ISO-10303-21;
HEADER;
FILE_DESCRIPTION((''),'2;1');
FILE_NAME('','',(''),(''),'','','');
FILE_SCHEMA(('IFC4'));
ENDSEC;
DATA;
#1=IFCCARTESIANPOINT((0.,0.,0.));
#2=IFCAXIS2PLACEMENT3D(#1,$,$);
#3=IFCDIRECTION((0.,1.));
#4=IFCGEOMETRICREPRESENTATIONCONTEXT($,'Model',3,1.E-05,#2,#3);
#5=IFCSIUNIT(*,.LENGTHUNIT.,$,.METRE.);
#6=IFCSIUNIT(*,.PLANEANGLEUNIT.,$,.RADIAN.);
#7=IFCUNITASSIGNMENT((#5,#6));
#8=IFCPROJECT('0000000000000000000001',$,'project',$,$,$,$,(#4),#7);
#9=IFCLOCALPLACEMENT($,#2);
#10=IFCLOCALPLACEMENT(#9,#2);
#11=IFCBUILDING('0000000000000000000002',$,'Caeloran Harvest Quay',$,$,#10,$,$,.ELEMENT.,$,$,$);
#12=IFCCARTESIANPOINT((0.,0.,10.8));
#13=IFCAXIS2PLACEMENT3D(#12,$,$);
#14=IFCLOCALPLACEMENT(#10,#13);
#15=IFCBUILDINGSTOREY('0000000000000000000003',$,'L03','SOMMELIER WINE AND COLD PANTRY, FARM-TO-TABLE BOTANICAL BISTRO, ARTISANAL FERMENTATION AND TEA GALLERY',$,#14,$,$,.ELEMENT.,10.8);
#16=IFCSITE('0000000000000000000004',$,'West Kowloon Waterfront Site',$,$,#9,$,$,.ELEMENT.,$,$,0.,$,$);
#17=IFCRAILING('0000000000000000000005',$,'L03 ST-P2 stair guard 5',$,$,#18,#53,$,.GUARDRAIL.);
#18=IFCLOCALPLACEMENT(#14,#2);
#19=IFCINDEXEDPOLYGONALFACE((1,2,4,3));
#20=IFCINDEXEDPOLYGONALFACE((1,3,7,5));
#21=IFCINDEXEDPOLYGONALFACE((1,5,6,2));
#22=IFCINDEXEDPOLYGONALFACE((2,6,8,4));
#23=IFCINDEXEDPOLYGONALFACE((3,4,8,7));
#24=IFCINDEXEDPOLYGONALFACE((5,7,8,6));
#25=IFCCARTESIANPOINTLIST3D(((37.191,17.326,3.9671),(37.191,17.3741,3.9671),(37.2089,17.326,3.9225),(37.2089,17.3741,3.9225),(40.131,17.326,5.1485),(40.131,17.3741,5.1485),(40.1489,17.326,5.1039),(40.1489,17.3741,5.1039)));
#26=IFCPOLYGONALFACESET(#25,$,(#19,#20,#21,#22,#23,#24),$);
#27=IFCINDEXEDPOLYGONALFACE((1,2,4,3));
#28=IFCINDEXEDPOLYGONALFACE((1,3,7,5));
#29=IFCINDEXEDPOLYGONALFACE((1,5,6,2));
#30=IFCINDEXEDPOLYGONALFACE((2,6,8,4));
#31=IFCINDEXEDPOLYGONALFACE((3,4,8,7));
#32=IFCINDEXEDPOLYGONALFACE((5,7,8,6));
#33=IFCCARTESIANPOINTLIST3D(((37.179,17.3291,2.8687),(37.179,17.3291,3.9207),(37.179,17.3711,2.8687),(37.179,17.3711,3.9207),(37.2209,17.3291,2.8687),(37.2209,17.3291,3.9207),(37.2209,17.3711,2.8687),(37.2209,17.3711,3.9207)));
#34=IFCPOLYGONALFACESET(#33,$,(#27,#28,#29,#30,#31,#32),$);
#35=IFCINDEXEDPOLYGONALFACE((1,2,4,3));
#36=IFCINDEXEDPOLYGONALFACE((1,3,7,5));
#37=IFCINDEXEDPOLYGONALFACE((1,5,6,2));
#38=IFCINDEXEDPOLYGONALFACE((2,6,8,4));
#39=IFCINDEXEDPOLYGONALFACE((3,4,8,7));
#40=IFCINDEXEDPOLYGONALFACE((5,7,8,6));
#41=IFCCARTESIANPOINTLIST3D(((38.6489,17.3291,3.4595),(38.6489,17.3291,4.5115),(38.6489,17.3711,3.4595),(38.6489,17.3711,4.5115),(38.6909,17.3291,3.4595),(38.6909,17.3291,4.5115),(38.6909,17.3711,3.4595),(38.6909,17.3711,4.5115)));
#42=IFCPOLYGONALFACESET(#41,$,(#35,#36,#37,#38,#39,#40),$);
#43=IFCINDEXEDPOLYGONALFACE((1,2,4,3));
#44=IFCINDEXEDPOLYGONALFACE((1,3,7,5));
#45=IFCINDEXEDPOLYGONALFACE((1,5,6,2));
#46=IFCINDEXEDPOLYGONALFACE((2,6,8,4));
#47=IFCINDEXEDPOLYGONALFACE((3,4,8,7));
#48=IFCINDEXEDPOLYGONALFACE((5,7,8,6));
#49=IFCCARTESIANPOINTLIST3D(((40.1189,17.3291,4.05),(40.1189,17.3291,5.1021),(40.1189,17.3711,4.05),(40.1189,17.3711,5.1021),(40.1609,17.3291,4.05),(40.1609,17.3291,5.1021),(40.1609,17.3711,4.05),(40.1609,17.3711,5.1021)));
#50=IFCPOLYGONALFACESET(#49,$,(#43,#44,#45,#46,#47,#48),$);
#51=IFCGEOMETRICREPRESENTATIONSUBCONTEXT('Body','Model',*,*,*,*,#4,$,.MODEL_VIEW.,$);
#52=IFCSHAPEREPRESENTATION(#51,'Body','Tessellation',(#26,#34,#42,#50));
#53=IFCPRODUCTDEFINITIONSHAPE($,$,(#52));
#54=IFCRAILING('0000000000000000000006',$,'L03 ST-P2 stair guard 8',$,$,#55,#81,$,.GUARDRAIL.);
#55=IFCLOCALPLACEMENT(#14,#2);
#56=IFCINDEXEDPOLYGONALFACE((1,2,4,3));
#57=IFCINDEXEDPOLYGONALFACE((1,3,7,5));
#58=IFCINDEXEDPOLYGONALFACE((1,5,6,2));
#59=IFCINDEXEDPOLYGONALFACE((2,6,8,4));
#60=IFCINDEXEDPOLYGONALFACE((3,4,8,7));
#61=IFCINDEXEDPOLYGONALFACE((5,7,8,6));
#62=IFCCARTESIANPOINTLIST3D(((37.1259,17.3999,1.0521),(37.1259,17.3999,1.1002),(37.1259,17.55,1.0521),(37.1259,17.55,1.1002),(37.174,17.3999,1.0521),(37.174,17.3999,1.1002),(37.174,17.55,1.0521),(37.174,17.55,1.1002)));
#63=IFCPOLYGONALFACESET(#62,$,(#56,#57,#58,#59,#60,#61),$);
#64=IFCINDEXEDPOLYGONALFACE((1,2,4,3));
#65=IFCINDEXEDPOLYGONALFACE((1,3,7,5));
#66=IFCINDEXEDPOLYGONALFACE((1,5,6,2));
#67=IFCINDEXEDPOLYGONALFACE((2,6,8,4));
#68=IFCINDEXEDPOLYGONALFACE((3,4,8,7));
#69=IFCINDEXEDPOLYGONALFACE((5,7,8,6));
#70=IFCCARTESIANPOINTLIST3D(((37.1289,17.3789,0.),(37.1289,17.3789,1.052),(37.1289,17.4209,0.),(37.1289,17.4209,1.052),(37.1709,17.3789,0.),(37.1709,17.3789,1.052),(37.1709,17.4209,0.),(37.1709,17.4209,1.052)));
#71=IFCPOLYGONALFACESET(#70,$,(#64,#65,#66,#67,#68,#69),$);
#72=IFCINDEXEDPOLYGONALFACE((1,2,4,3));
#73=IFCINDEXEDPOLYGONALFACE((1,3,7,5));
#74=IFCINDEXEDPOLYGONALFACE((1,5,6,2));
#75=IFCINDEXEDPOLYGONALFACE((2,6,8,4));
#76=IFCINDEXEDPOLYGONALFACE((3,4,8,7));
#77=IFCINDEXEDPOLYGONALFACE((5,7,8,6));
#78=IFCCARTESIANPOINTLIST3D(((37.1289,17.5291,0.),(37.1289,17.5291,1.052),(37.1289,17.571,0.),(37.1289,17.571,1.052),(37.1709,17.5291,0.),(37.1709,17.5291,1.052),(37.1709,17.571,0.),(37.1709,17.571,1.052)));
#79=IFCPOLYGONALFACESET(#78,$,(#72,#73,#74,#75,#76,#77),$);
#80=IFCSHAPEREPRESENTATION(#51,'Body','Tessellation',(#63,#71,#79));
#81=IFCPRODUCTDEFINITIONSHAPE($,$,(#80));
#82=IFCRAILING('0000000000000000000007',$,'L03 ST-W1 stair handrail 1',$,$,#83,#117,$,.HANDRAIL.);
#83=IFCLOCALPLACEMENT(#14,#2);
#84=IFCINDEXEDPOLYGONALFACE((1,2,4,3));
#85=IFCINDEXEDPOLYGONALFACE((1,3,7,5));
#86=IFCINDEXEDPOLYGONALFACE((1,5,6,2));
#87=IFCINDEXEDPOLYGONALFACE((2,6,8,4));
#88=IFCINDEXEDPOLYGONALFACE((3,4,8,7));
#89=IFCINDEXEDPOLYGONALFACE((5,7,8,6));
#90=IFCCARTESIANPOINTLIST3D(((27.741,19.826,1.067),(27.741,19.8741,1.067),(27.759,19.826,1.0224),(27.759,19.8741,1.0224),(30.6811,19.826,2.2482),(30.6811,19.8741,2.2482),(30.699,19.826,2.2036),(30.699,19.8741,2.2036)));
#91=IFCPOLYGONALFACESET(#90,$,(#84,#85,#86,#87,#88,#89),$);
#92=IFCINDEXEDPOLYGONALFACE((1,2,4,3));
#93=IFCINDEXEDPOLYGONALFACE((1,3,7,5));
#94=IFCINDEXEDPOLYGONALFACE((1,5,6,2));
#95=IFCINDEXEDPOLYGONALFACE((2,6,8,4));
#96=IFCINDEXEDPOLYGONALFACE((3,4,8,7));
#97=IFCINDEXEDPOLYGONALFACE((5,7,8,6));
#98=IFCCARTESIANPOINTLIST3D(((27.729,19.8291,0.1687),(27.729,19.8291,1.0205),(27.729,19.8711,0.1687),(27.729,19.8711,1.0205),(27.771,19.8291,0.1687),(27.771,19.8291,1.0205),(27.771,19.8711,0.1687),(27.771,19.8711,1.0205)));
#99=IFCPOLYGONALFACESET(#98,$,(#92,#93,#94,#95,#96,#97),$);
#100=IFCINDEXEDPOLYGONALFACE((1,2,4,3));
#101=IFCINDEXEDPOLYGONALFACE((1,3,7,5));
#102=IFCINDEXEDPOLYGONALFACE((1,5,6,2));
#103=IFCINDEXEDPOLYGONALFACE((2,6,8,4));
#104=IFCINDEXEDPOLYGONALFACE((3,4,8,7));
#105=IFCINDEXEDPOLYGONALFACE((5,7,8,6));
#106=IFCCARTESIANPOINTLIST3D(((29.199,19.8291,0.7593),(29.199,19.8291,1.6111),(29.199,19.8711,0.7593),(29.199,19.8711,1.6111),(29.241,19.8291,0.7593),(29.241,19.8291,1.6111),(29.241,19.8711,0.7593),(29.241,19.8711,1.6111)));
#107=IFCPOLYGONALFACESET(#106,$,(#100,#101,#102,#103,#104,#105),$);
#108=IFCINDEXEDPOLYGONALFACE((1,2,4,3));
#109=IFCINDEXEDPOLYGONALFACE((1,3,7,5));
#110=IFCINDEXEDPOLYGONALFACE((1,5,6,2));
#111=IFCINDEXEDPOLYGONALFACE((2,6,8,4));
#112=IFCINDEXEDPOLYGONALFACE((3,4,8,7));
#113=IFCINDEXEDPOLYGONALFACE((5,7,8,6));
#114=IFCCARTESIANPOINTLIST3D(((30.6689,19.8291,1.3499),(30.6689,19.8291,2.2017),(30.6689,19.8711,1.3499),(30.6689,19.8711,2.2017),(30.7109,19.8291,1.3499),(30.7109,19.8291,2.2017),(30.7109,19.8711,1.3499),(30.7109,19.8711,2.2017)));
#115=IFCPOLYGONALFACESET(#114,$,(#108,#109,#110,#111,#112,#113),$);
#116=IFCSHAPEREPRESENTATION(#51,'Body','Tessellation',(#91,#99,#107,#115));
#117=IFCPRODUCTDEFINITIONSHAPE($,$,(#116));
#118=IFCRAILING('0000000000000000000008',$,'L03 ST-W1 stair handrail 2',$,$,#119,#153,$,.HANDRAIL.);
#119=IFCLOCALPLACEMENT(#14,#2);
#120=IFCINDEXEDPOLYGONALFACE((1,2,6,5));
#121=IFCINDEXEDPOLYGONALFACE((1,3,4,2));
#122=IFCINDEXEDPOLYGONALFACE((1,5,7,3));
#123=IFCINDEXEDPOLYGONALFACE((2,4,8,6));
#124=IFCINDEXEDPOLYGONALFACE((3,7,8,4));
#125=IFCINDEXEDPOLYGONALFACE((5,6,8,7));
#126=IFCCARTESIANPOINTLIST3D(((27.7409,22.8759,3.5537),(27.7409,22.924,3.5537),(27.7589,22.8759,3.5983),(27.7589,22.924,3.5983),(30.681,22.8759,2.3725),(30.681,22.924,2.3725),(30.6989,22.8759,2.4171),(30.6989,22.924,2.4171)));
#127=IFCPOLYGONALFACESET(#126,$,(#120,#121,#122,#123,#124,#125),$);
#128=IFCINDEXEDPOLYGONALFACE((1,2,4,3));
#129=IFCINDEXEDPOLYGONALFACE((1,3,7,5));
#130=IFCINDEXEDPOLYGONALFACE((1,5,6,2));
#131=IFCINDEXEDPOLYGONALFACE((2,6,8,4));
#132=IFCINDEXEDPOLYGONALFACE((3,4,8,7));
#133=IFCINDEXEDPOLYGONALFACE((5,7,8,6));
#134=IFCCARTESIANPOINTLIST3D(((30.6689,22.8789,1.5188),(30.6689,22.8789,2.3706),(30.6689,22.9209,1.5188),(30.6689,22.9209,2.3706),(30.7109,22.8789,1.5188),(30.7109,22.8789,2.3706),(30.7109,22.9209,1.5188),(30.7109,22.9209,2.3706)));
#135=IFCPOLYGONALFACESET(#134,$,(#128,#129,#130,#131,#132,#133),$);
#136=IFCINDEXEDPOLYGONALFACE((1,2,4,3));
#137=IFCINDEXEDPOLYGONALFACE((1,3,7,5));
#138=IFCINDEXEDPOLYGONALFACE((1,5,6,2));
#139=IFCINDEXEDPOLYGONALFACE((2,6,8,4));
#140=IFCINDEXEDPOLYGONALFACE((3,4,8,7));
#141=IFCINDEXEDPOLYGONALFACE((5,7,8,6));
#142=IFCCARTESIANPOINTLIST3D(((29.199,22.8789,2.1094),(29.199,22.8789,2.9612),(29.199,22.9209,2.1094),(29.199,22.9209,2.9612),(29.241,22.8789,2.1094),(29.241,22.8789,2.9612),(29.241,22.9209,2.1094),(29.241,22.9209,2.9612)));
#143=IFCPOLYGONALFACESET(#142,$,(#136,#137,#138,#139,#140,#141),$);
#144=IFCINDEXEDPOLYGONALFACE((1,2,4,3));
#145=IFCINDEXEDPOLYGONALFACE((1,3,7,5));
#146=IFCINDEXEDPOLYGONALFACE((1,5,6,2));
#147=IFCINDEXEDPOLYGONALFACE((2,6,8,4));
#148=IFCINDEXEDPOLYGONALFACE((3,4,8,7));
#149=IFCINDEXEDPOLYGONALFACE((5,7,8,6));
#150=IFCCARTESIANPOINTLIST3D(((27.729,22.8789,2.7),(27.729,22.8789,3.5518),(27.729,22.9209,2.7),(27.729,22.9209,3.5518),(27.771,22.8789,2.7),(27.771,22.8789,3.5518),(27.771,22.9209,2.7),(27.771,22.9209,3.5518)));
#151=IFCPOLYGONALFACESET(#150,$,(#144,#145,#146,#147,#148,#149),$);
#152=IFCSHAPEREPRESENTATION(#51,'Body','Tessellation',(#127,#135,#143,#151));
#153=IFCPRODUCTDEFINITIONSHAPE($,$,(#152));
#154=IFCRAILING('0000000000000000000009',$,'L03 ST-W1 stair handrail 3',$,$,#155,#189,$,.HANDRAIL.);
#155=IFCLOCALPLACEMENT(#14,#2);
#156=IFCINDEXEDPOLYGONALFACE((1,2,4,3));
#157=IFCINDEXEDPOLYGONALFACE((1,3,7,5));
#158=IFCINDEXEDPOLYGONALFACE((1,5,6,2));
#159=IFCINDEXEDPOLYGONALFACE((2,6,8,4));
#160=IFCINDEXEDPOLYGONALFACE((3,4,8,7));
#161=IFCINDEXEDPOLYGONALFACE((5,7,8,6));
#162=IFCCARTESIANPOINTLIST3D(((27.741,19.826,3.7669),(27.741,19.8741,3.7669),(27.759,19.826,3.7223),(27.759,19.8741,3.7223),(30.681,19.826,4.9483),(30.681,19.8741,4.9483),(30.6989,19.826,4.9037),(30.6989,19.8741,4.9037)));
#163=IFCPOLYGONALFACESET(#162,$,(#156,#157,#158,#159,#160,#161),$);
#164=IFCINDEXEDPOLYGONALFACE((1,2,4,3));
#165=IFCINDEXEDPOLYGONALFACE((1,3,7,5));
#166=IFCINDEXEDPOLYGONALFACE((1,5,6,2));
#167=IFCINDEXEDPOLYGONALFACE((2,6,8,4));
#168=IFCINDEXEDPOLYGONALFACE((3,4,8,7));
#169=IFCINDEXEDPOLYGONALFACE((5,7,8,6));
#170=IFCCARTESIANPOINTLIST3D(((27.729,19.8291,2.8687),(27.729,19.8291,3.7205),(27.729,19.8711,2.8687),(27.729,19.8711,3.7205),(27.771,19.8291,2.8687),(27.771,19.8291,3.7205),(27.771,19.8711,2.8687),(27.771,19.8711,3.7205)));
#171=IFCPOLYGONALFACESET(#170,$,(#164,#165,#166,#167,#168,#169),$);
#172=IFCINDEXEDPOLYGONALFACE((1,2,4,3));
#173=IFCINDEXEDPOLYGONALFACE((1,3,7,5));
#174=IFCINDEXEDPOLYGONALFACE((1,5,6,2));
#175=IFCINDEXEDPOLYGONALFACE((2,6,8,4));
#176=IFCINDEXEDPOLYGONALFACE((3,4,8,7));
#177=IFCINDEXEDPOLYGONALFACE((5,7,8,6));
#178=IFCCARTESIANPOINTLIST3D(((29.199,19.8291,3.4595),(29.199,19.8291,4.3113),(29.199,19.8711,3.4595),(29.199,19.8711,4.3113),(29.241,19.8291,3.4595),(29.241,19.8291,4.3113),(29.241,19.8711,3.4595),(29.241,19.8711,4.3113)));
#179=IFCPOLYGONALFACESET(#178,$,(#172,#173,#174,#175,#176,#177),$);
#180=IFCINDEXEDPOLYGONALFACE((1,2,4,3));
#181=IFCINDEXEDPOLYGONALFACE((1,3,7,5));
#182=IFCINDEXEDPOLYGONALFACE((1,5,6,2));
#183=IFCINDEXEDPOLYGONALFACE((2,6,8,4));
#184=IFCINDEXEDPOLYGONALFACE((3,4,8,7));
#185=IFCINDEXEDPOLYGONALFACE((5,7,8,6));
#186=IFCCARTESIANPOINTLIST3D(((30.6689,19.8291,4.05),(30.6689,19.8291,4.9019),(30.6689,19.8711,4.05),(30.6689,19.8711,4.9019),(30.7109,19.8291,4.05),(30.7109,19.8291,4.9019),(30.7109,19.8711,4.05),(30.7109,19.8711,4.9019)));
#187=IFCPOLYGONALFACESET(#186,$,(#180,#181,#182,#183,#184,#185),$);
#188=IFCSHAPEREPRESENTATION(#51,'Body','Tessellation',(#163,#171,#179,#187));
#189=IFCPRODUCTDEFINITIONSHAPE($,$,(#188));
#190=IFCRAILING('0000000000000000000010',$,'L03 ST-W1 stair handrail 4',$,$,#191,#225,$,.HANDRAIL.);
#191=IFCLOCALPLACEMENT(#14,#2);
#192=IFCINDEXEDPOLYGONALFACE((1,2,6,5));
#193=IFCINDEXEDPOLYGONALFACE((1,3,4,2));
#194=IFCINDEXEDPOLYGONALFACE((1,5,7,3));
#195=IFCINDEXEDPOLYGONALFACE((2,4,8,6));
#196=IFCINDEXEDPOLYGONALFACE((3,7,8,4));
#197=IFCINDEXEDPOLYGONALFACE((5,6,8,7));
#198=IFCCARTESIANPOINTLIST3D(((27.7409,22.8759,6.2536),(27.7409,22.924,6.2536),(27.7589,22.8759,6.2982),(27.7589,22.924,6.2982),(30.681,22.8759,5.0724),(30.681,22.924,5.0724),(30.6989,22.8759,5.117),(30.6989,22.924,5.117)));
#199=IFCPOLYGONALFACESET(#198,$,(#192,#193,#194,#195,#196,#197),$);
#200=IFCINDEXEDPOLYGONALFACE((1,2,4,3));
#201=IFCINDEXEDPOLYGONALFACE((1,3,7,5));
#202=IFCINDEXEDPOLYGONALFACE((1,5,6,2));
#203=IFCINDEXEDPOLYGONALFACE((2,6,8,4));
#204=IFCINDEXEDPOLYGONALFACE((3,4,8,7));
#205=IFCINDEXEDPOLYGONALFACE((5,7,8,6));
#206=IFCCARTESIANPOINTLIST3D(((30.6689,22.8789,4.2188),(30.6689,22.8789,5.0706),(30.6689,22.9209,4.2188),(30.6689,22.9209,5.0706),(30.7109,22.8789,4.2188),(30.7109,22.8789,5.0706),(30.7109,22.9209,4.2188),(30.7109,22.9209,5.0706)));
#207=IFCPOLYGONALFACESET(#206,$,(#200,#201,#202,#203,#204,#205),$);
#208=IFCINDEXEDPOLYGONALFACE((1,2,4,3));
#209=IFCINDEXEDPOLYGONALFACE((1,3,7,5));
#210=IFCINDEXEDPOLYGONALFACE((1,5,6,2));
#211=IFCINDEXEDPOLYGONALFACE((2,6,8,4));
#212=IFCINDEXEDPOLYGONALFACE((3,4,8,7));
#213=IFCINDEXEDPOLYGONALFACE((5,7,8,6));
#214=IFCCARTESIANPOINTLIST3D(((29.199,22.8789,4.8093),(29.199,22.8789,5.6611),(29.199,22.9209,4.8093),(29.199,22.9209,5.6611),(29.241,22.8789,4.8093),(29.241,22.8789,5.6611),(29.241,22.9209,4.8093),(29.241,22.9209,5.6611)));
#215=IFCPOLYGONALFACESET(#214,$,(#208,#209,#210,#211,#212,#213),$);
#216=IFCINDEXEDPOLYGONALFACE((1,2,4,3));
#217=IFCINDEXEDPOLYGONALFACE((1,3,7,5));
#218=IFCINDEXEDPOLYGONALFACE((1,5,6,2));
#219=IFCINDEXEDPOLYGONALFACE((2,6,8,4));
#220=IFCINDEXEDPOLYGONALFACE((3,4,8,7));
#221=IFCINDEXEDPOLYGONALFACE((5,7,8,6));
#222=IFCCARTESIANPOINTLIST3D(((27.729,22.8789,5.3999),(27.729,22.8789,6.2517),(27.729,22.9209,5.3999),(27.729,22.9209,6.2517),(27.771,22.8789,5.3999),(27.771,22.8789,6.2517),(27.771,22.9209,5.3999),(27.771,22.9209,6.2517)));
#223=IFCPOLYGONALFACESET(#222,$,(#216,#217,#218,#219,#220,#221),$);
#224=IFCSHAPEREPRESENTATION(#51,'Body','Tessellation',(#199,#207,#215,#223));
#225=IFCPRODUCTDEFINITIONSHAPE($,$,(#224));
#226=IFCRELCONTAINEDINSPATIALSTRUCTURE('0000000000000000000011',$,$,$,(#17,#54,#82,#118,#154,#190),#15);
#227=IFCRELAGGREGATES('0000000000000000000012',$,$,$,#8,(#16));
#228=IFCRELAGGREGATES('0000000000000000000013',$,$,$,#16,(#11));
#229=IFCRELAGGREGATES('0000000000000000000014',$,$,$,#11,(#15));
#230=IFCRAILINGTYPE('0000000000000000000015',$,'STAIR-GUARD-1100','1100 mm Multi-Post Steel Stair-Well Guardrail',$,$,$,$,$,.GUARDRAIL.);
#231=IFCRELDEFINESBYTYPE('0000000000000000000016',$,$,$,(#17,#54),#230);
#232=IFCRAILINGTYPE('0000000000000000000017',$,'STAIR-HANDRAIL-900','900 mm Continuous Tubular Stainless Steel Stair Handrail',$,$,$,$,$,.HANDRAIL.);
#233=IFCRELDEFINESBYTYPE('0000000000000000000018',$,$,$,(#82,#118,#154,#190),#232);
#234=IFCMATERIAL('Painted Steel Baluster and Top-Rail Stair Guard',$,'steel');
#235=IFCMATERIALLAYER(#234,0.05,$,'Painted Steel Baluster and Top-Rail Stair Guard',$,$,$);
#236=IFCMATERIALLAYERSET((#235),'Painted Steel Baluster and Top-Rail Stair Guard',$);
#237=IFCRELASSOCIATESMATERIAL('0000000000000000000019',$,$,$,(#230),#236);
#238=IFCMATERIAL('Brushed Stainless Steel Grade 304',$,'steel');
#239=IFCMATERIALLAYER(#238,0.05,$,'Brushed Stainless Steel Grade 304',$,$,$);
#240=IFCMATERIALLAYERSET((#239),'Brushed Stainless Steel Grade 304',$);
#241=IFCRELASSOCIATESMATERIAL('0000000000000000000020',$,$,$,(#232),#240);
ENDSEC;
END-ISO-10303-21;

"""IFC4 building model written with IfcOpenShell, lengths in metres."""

from ifc_helpers import new_model, si_unit, direction, frame, origin, origin_2d, place, context, subcontext, project, spatial, rectangle, extrude, material, layer, layer_set, type_object, element, save


model = new_model("IFC4")

# Units and contexts
model_context = context("Model", 3, precision=1e-05, world=origin(), true_north=direction((0.0, 1.0)))
body_context = subcontext(model_context, "Body", "Model", "MODEL_VIEW")
ifc_project = project(units=[si_unit("LENGTHUNIT", "METRE"), si_unit("PLANEANGLEUNIT", "RADIAN")], contexts=[model_context])

# Site, building, storey
site_placement = place(None, origin())
site = spatial("IfcSite", under=ifc_project, at=site_placement, Name="West Kowloon Waterfront Site", CompositionType="ELEMENT", RefElevation=0.0)
building_placement = place(site_placement, origin())
building = spatial("IfcBuilding", under=site, at=building_placement, Name="Caeloran Harvest Quay", CompositionType="ELEMENT")
storey_placement = place(building_placement, frame((0.0, 0.0, 10.8)))
storey = spatial("IfcBuildingStorey", under=building, at=storey_placement, Name="L03", Description="SOMMELIER WINE AND COLD PANTRY, FARM-TO-TABLE BOTANICAL BISTRO, ARTISANAL FERMENTATION AND TEA GALLERY", CompositionType="ELEMENT", Elevation=10.8)

# Railings
ifc_material_1 = material(Name="Painted Steel Baluster and Top-Rail Stair Guard", Category="steel")
ifc_layer_1 = layer(ifc_material_1, 0.05, Name="Painted Steel Baluster and Top-Rail Stair Guard")
ifc_layer_set_1 = layer_set([ifc_layer_1], Name="Painted Steel Baluster and Top-Rail Stair Guard")
railing_type_1 = type_object("IfcRailingType", Name="STAIR-GUARD-1100", Description="1100 mm Multi-Post Steel Stair-Well Guardrail", PredefinedType="GUARDRAIL", material=ifc_layer_set_1)
railing_1_placement = place(storey_placement, frame((37.2, 17.3501, 2.8687)))
element("IfcRailing", 1, at=railing_1_placement, inside=storey, type_object=railing_type_1, Name="L03 ST-P2 stair guard 5", PredefinedType="GUARDRAIL", context=body_context, shape_type="SweptSolid", body=[
    extrude(rectangle(XDim=0.0481, YDim=0.0481, at=origin_2d()), frame((0.0, 0.0, 1.0762), z_axis=(0.927886, 0.0, 0.372865), x_axis=(0.0, 1.0, 0.0)), (0.0, 0.0, 1.0), 3.1685),
    extrude(rectangle(XDim=0.042, YDim=0.042, at=origin_2d()), origin(), (0.0, 0.0, 1.0), 1.052),
    extrude(rectangle(XDim=0.042, YDim=0.042, at=origin_2d()), frame((1.47, 0.0, 0.5908)), (0.0, 0.0, 1.0), 1.052),
    extrude(rectangle(XDim=0.042, YDim=0.042, at=origin_2d()), frame((2.9399, 0.0, 1.1814)), (0.0, 0.0, 1.0), 1.052),
])
railing_2_placement = place(storey_placement, frame((37.1499, 17.3999, 0.0)))
element("IfcRailing", 2, at=railing_2_placement, inside=storey, type_object=railing_type_1, Name="L03 ST-P2 stair guard 8", PredefinedType="GUARDRAIL", context=body_context, shape_type="SweptSolid", body=[
    extrude(rectangle(XDim=0.0481, YDim=0.0481, at=origin_2d()), frame((0.0, 0.0, 1.0762), z_axis=(0.0, 1.0, 0.0), x_axis=(-1.0, 0.0, 0.0)), (0.0, 0.0, 1.0), 0.1501),
    extrude(rectangle(XDim=0.042, YDim=0.042, at=origin_2d()), origin(), (0.0, 0.0, 1.0), 1.052),
    extrude(rectangle(XDim=0.042, YDim=0.042, at=origin_2d()), frame((0.0, 0.1501, 0.0)), (0.0, 0.0, 1.0), 1.052),
])
ifc_material_2 = material(Name="Brushed Stainless Steel Grade 304", Category="steel")
ifc_layer_2 = layer(ifc_material_2, 0.05, Name="Brushed Stainless Steel Grade 304")
ifc_layer_set_2 = layer_set([ifc_layer_2], Name="Brushed Stainless Steel Grade 304")
railing_type_2 = type_object("IfcRailingType", Name="STAIR-HANDRAIL-900", Description="900 mm Continuous Tubular Stainless Steel Stair Handrail", PredefinedType="HANDRAIL", material=ifc_layer_set_2)
railing_3_placement = place(storey_placement, frame((27.75, 19.8501, 0.1687)))
element("IfcRailing", 3, at=railing_3_placement, inside=storey, type_object=railing_type_2, Name="L03 ST-W1 stair handrail 1", PredefinedType="HANDRAIL", context=body_context, shape_type="SweptSolid", body=[
    extrude(rectangle(XDim=0.0481, YDim=0.0481, at=origin_2d()), frame((0.0, 0.0, 0.876), z_axis=(0.927912, 0.0, 0.372799), x_axis=(0.0, 1.0, 0.0)), (0.0, 0.0, 1.0), 3.1685),
    extrude(rectangle(XDim=0.042, YDim=0.042, at=origin_2d()), origin(), (0.0, 0.0, 1.0), 0.8518),
    extrude(rectangle(XDim=0.042, YDim=0.042, at=origin_2d()), frame((1.47, 0.0, 0.5906)), (0.0, 0.0, 1.0), 0.8518),
    extrude(rectangle(XDim=0.042, YDim=0.042, at=origin_2d()), frame((2.9399, 0.0, 1.1812)), (0.0, 0.0, 1.0), 0.8518),
])
railing_4_placement = place(storey_placement, frame((30.6899, 22.8999, 1.5188)))
element("IfcRailing", 4, at=railing_4_placement, inside=storey, type_object=railing_type_2, Name="L03 ST-W1 stair handrail 2", PredefinedType="HANDRAIL", context=body_context, shape_type="SweptSolid", body=[
    extrude(rectangle(XDim=0.0481, YDim=0.0481, at=origin_2d()), frame((0.0, 0.0, 0.876), z_axis=(-0.927912, 0.0, 0.372799), x_axis=(0.0, -1.0, 0.0)), (0.0, 0.0, 1.0), 3.1685),
    extrude(rectangle(XDim=0.042, YDim=0.042, at=origin_2d()), origin(), (0.0, 0.0, 1.0), 0.8518),
    extrude(rectangle(XDim=0.042, YDim=0.042, at=origin_2d()), frame((-1.47, 0.0, 0.5906)), (0.0, 0.0, 1.0), 0.8518),
    extrude(rectangle(XDim=0.042, YDim=0.042, at=origin_2d()), frame((-2.9399, 0.0, 1.1812)), (0.0, 0.0, 1.0), 0.8518),
])
railing_5_placement = place(storey_placement, frame((27.75, 19.8501, 2.8687)))
element("IfcRailing", 5, at=railing_5_placement, inside=storey, type_object=railing_type_2, Name="L03 ST-W1 stair handrail 3", PredefinedType="HANDRAIL", context=body_context, shape_type="SweptSolid", body=[
    extrude(rectangle(XDim=0.0481, YDim=0.0481, at=origin_2d()), frame((0.0, 0.0, 0.876), z_axis=(0.927886, 0.0, 0.372865), x_axis=(0.0, 1.0, 0.0)), (0.0, 0.0, 1.0), 3.1685),
    extrude(rectangle(XDim=0.042, YDim=0.042, at=origin_2d()), origin(), (0.0, 0.0, 1.0), 0.8518),
    extrude(rectangle(XDim=0.042, YDim=0.042, at=origin_2d()), frame((1.47, 0.0, 0.5908)), (0.0, 0.0, 1.0), 0.8518),
    extrude(rectangle(XDim=0.042, YDim=0.042, at=origin_2d()), frame((2.9399, 0.0, 1.1814)), (0.0, 0.0, 1.0), 0.8518),
])
railing_6_placement = place(storey_placement, frame((30.6899, 22.8999, 4.2188)))
element("IfcRailing", 6, at=railing_6_placement, inside=storey, type_object=railing_type_2, Name="L03 ST-W1 stair handrail 4", PredefinedType="HANDRAIL", context=body_context, shape_type="SweptSolid", body=[
    extrude(rectangle(XDim=0.0481, YDim=0.0481, at=origin_2d()), frame((0.0, 0.0, 0.876), z_axis=(-0.927912, 0.0, 0.372799), x_axis=(0.0, -1.0, 0.0)), (0.0, 0.0, 1.0), 3.1685),
    extrude(rectangle(XDim=0.042, YDim=0.042, at=origin_2d()), origin(), (0.0, 0.0, 1.0), 0.8518),
    extrude(rectangle(XDim=0.042, YDim=0.042, at=origin_2d()), frame((-1.47, 0.0, 0.5906)), (0.0, 0.0, 1.0), 0.8518),
    extrude(rectangle(XDim=0.042, YDim=0.042, at=origin_2d()), frame((-2.9399, 0.0, 1.1812)), (0.0, 0.0, 1.0), 0.8518),
])

save(model, "model.ifc")
